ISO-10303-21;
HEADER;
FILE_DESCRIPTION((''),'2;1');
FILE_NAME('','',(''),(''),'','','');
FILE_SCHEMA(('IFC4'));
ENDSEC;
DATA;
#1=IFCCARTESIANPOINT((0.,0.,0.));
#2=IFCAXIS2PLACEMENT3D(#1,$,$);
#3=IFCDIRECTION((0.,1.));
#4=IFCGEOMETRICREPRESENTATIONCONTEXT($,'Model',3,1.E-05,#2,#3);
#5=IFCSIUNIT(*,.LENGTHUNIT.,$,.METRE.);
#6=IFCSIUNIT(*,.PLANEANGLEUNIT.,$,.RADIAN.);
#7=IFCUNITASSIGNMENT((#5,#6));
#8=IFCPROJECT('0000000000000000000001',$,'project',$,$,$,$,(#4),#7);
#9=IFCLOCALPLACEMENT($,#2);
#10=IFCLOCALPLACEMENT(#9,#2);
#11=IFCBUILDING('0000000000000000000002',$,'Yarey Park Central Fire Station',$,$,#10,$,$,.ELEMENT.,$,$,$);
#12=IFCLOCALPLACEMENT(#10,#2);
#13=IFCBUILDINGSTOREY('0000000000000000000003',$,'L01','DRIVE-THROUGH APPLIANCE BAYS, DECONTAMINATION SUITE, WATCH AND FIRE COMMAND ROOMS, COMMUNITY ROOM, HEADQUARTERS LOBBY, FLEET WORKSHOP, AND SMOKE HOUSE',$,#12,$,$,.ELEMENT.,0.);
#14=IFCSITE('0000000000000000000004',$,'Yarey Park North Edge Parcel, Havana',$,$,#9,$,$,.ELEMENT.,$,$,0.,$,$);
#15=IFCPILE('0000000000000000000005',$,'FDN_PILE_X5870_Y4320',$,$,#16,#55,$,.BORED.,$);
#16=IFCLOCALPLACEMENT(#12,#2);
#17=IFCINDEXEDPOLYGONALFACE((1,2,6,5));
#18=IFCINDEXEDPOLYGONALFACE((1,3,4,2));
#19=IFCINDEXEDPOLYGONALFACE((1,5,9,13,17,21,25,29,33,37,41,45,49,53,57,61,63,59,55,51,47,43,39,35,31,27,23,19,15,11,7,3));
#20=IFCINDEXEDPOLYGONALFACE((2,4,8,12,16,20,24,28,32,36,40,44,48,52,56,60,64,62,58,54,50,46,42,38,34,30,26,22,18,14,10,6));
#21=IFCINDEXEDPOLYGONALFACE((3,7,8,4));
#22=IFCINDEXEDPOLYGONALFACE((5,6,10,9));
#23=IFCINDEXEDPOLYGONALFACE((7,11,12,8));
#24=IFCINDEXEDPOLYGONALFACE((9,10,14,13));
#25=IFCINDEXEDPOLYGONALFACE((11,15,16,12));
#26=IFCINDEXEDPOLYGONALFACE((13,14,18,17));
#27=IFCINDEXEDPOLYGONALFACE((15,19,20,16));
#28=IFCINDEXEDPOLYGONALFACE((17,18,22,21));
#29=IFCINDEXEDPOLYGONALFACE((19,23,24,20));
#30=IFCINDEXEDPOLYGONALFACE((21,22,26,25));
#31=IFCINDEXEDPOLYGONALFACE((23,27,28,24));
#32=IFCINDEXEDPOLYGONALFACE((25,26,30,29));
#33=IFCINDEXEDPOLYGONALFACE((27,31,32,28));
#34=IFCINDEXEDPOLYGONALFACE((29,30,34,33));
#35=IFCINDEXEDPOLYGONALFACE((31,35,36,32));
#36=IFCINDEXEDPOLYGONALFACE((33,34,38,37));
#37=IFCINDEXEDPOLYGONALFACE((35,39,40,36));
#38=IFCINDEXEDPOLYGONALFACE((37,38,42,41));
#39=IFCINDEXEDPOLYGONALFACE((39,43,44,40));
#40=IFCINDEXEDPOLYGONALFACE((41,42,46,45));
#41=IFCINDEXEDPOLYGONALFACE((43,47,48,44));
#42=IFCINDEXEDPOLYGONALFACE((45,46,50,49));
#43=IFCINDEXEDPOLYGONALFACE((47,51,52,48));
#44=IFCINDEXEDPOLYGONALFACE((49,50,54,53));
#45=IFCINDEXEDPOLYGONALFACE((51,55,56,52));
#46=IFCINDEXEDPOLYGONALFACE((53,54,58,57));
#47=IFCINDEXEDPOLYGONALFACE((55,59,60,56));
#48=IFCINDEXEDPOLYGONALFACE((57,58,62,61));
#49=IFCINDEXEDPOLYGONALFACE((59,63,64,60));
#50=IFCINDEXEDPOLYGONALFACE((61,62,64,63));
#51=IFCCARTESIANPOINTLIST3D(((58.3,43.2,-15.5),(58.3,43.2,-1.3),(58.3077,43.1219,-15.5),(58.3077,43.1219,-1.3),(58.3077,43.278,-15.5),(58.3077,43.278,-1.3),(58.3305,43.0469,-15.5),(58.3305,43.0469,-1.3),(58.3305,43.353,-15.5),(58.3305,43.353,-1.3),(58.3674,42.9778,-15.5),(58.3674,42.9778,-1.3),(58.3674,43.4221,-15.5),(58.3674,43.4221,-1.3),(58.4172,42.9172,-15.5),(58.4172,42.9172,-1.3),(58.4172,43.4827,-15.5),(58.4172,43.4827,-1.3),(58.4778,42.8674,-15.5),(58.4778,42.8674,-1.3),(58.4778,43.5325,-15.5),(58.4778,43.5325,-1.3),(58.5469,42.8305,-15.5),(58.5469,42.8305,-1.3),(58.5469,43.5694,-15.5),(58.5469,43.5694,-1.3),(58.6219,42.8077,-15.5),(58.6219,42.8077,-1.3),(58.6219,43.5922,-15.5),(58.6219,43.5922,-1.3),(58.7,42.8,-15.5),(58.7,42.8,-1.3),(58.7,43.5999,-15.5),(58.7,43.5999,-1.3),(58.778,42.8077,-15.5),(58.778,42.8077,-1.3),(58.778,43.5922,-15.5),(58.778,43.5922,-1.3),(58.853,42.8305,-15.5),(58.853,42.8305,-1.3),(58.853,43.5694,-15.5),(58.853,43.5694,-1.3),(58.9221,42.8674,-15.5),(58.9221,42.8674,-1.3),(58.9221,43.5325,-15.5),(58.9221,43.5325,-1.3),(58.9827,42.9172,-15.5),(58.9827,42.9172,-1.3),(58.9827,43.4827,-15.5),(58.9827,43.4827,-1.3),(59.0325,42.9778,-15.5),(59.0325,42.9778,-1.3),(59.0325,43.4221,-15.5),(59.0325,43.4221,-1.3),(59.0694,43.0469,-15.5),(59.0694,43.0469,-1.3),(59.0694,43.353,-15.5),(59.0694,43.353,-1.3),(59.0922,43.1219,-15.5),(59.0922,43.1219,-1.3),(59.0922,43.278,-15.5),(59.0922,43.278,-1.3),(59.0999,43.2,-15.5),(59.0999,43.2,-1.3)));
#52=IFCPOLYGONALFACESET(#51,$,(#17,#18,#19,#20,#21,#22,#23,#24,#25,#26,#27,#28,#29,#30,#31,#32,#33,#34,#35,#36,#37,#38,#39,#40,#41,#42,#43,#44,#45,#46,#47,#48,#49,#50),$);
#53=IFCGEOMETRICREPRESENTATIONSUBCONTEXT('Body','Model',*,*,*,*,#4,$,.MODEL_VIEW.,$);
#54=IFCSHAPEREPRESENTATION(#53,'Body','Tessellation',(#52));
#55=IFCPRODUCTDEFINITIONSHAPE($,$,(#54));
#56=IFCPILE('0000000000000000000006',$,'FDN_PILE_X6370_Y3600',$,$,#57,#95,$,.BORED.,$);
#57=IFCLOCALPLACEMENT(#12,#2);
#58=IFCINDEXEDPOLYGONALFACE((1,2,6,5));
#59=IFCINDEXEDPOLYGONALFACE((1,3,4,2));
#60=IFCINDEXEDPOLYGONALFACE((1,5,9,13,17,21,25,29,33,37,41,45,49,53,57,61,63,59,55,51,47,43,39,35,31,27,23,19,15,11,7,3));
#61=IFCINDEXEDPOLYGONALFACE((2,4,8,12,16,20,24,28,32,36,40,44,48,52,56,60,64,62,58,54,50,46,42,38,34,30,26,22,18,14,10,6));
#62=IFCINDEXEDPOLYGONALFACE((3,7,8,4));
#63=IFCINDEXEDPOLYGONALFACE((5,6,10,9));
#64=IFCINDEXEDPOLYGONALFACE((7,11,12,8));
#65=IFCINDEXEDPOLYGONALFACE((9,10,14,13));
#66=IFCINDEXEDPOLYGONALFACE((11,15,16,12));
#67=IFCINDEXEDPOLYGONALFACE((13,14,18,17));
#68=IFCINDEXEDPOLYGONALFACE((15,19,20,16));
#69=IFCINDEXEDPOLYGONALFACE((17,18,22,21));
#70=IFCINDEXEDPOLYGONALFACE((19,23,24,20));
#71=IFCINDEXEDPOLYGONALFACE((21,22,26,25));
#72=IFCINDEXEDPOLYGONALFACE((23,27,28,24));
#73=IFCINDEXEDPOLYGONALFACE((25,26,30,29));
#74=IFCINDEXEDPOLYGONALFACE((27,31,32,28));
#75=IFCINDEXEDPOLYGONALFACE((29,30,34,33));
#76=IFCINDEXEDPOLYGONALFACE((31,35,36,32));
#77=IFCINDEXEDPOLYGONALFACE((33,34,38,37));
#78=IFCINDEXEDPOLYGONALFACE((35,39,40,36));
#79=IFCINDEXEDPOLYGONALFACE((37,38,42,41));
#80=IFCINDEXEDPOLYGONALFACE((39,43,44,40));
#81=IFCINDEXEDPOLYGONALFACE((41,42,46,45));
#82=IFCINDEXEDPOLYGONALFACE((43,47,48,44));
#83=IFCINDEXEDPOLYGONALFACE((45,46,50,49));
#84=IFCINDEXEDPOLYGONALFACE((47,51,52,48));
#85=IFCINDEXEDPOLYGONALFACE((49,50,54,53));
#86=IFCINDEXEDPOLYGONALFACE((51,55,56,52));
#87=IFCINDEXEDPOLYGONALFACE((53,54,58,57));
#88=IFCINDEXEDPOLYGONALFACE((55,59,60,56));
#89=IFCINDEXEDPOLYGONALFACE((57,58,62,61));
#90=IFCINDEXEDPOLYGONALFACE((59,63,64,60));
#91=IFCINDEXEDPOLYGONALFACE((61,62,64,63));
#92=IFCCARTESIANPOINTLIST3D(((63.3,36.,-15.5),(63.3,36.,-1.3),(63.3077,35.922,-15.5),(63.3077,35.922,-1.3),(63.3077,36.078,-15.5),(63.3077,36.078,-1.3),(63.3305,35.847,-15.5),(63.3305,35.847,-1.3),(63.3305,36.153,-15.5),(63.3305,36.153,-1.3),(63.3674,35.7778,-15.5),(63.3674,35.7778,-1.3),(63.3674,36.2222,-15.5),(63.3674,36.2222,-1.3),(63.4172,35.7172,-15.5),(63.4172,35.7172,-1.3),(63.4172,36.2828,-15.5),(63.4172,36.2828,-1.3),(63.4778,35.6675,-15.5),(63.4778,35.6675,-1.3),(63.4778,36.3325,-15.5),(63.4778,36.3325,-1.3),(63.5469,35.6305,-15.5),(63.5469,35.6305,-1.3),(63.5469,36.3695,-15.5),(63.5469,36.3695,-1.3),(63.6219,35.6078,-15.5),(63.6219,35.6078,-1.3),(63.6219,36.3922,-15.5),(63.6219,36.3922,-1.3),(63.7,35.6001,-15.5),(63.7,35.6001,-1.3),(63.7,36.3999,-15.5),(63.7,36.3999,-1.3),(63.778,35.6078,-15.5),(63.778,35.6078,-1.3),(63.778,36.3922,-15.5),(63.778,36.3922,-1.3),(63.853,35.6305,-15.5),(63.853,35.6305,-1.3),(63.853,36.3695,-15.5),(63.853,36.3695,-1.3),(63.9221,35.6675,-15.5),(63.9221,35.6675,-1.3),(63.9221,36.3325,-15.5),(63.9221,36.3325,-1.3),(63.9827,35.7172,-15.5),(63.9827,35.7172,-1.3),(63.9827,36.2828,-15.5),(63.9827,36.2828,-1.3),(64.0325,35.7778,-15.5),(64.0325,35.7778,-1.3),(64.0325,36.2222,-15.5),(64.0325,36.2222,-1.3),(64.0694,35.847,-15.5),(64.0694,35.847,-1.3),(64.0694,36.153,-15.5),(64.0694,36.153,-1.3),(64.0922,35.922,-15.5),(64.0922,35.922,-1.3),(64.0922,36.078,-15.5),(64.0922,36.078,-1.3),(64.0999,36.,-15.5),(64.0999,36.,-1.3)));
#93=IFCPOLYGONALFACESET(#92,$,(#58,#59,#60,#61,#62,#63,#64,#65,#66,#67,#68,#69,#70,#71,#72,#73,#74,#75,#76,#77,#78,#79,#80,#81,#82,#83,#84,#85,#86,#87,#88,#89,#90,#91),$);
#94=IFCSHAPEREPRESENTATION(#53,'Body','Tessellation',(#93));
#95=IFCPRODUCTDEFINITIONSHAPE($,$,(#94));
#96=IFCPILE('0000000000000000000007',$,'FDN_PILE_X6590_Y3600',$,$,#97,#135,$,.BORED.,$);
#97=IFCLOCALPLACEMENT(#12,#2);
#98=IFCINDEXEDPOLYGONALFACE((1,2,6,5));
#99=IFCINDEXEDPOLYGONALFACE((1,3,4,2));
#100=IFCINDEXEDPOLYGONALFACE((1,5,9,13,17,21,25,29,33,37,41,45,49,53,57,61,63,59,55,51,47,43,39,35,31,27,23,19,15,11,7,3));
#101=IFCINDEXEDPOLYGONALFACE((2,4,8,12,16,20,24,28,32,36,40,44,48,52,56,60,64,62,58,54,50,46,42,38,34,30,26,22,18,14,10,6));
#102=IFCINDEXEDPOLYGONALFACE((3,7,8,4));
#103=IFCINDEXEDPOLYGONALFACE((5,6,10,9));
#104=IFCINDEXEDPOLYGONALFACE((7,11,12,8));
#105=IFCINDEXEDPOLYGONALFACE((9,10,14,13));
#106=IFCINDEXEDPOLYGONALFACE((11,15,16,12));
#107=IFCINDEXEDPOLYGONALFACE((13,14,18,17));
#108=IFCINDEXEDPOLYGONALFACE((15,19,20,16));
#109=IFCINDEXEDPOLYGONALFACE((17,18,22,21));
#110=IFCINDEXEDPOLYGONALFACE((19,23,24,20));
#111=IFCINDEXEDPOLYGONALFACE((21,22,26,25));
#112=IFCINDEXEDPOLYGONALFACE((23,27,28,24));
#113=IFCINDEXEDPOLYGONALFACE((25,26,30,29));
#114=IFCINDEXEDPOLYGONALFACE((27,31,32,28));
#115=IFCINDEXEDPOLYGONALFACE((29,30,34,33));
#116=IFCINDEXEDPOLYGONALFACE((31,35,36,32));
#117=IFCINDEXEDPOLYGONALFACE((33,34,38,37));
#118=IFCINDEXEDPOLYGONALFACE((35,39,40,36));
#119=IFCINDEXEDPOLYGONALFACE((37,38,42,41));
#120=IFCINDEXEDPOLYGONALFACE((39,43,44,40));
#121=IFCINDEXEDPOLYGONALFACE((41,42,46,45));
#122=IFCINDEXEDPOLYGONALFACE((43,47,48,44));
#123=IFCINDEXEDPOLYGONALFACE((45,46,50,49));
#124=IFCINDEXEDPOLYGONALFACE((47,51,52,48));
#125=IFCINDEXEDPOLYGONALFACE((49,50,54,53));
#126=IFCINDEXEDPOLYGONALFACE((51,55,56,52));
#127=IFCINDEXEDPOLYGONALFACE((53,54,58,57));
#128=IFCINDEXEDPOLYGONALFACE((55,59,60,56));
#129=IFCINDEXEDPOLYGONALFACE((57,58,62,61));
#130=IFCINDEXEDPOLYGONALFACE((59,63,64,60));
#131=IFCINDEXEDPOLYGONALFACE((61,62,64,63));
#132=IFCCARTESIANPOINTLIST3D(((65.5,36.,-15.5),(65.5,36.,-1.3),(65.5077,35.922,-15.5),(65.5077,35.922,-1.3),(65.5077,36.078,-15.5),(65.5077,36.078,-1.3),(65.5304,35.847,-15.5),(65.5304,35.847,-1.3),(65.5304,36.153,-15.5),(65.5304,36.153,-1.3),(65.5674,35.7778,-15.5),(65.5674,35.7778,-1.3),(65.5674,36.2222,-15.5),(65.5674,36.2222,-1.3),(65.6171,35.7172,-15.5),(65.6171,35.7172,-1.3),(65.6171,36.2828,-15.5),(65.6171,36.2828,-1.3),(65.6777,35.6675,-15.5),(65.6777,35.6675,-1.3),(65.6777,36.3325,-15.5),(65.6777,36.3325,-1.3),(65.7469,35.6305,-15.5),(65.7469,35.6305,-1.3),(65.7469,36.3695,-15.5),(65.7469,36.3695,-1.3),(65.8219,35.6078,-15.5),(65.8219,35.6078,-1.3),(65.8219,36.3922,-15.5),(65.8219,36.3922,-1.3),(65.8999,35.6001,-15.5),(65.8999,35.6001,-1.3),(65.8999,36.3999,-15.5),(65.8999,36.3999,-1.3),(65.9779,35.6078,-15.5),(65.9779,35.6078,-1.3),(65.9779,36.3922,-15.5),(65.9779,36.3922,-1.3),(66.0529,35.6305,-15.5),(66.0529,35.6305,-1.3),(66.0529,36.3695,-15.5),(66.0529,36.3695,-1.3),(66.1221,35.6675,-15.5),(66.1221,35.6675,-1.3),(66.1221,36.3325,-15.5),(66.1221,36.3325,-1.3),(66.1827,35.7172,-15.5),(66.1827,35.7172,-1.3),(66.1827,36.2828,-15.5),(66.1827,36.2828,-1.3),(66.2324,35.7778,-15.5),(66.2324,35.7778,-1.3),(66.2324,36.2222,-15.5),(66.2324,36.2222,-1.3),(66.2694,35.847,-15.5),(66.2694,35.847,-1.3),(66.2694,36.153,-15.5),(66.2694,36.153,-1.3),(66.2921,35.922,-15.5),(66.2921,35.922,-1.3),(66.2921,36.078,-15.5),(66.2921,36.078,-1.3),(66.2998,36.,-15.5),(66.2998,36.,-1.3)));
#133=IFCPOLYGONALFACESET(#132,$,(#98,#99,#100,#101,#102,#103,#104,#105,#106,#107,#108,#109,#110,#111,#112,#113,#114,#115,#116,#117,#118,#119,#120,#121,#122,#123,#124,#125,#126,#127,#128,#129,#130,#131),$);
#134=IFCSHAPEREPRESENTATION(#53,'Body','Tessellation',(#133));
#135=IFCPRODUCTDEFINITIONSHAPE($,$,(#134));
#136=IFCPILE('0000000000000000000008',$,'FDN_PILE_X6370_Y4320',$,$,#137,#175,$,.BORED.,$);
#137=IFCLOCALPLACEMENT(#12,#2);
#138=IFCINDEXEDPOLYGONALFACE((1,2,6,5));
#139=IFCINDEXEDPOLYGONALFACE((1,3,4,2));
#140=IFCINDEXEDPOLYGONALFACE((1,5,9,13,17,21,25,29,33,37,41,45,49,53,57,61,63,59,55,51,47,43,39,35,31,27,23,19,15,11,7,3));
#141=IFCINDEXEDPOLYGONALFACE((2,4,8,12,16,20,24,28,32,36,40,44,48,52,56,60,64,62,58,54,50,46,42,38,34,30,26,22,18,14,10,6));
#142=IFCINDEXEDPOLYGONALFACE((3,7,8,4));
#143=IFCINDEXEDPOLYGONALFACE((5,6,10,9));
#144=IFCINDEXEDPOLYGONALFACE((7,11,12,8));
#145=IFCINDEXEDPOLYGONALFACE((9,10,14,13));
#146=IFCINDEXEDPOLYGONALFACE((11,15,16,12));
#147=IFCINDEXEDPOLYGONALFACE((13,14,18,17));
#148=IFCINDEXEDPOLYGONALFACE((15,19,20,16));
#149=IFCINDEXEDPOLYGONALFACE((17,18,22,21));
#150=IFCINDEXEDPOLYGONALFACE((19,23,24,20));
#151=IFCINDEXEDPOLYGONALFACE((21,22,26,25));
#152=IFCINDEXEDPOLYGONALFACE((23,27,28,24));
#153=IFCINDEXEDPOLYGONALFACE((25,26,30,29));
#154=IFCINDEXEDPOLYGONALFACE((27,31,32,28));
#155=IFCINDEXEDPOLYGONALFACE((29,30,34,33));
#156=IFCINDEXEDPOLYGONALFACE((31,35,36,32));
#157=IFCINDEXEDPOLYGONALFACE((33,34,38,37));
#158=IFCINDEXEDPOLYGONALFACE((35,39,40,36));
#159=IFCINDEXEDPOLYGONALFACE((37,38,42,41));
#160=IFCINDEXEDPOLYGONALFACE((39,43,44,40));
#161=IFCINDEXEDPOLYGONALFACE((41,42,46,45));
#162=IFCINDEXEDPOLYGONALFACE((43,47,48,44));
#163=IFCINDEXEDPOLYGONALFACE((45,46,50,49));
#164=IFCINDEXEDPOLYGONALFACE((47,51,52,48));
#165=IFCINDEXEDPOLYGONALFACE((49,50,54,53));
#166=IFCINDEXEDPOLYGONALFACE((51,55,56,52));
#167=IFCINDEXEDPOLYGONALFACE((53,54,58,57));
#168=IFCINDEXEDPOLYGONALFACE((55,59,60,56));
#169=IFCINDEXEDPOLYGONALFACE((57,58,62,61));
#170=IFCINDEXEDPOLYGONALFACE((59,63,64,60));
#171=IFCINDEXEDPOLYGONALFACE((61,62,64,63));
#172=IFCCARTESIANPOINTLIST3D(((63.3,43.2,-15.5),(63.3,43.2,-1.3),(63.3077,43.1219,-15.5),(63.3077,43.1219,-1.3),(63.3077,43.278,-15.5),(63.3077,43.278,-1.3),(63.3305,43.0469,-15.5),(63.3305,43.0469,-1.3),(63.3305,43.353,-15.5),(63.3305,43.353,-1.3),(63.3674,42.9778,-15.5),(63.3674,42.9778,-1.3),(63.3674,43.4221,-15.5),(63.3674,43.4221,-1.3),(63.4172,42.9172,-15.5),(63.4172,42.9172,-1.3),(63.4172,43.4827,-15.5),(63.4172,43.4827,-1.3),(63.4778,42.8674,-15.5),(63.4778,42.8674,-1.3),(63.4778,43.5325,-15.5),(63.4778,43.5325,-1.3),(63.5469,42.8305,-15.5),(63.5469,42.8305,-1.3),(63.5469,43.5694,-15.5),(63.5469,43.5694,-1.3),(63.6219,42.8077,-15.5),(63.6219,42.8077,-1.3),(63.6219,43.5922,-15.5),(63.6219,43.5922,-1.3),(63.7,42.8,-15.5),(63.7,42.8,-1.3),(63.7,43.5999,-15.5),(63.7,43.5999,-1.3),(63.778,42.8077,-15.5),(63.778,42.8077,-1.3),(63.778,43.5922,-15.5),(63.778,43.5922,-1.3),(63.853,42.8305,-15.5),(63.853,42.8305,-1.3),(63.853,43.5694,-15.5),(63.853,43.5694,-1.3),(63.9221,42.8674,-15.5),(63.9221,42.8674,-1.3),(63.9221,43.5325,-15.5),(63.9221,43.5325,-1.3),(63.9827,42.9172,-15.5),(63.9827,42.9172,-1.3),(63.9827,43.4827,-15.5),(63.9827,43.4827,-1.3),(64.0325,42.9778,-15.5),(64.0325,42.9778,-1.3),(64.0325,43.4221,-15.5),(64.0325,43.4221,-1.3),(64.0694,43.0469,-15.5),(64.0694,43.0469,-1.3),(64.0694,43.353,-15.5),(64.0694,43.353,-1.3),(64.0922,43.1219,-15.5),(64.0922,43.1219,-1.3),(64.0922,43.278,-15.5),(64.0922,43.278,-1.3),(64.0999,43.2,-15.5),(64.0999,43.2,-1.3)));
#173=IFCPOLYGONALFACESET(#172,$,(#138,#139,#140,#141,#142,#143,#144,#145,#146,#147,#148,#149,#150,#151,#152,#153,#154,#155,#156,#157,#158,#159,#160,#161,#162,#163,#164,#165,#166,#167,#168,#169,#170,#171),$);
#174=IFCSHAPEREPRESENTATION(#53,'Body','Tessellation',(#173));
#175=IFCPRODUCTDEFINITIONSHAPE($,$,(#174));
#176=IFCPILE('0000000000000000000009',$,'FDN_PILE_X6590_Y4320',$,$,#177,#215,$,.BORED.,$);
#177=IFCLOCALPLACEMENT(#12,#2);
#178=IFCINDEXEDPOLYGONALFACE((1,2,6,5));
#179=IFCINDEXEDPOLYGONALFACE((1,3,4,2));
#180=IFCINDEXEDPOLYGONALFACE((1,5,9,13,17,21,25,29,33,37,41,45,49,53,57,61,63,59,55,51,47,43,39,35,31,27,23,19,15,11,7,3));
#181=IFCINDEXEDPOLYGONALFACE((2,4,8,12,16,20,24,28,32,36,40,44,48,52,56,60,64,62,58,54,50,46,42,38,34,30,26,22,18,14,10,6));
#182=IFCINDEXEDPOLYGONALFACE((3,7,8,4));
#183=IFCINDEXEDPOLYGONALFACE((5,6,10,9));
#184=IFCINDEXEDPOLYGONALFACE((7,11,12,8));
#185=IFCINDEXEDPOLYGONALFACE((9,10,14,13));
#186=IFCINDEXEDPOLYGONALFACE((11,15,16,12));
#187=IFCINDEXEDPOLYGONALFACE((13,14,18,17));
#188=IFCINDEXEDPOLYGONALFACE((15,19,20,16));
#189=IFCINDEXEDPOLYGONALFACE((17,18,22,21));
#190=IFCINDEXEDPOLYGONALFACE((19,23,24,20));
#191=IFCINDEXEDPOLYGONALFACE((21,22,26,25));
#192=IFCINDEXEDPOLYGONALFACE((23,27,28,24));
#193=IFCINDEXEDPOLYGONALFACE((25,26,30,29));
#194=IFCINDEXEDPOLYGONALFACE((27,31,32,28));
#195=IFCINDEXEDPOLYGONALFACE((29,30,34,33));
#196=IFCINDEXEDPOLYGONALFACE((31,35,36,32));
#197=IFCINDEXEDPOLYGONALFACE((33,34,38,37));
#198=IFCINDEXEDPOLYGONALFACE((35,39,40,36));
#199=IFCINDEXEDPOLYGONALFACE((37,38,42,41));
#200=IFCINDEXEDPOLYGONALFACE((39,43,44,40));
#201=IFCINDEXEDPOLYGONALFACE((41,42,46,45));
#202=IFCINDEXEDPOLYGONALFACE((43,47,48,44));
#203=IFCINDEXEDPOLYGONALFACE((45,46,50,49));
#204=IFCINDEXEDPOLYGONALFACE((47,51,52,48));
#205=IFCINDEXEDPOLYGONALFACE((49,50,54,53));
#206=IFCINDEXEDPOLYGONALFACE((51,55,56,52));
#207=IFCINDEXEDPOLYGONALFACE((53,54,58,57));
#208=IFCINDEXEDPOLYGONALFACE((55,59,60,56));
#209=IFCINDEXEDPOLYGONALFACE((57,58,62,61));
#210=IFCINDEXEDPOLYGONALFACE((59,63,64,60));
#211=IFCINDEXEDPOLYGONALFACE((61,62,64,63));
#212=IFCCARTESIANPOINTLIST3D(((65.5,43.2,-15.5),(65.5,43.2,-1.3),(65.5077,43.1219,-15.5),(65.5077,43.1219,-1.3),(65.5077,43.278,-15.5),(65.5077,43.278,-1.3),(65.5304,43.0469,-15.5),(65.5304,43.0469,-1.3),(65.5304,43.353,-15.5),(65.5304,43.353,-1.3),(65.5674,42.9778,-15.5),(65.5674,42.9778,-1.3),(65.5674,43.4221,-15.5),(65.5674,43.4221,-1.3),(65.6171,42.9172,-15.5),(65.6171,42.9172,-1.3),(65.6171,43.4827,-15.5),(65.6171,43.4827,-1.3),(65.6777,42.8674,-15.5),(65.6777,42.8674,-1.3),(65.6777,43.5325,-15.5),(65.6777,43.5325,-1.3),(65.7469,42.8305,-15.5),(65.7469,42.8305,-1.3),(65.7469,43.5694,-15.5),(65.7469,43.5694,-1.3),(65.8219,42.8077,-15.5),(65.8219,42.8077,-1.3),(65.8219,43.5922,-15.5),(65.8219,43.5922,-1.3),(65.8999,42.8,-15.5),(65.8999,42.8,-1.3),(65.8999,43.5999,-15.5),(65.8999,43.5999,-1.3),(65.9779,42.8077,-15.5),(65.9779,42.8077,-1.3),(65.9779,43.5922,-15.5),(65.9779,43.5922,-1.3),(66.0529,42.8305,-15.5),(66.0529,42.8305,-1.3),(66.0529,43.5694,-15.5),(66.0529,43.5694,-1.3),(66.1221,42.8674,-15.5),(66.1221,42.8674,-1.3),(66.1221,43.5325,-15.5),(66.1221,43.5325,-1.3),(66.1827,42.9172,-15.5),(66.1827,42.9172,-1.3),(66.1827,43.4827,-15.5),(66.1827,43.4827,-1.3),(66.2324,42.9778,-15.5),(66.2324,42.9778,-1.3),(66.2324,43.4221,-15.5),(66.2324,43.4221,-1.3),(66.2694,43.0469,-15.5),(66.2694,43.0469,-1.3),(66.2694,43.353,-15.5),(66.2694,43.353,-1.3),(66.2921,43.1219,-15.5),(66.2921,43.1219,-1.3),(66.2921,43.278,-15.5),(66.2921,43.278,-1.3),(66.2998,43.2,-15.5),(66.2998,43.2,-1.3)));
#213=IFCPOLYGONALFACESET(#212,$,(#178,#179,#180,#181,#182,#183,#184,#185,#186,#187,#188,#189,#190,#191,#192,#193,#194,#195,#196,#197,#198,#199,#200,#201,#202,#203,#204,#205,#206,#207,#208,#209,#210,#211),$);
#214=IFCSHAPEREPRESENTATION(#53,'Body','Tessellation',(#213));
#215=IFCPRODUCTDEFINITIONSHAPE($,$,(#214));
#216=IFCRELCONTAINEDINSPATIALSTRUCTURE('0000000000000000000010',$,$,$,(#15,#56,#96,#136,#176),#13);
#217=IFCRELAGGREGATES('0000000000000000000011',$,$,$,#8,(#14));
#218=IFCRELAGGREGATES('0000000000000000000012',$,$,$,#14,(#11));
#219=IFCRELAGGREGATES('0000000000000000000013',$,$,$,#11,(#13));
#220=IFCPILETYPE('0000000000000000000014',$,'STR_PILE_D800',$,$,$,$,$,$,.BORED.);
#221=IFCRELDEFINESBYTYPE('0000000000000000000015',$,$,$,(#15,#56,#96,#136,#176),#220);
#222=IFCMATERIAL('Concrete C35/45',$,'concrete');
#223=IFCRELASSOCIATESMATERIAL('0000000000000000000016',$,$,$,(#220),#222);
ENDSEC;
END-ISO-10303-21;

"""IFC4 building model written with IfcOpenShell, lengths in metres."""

from ifc_helpers import new_model, si_unit, direction, frame, origin, origin_2d, place, context, subcontext, project, spatial, circle, extrude, material, material_profile, profile_set, type_object, element, save


model = new_model("IFC4")

# Units and contexts
model_context = context("Model", 3, precision=1e-05, world=origin(), true_north=direction((0.0, 1.0)))
body_context = subcontext(model_context, "Body", "Model", "MODEL_VIEW")
ifc_project = project(units=[si_unit("LENGTHUNIT", "METRE"), si_unit("PLANEANGLEUNIT", "RADIAN")], contexts=[model_context])

# Site, building, storey
site_placement = place(None, origin())
site = spatial("IfcSite", under=ifc_project, at=site_placement, Name="Yarey Park North Edge Parcel, Havana", CompositionType="ELEMENT", RefElevation=0.0)
building_placement = place(site_placement, origin())
building = spatial("IfcBuilding", under=site, at=building_placement, Name="Yarey Park Central Fire Station", CompositionType="ELEMENT")
storey_placement = place(building_placement, origin())
storey = spatial("IfcBuildingStorey", under=building, at=storey_placement, Name="L01", Description="DRIVE-THROUGH APPLIANCE BAYS, DECONTAMINATION SUITE, WATCH AND FIRE COMMAND ROOMS, COMMUNITY ROOM, HEADQUARTERS LOBBY, FLEET WORKSHOP, AND SMOKE HOUSE", CompositionType="ELEMENT", Elevation=0.0)

# Shared definitions
ifc_material_1 = material(Name="Concrete C35/45", Category="concrete")

# Piles
ifc_material_profile_1 = material_profile(ifc_material_1, circle(Radius=0.3999, at=origin_2d()), Name="BORED PILE D800")
ifc_profile_set_1 = profile_set([ifc_material_profile_1], Name="Concrete C35/45")
pile_type = type_object("IfcPileType", Name="STR_PILE_D800", PredefinedType="BORED", material=ifc_profile_set_1)
for number, where, z_axis, x_axis, name in (
    (1, (58.7, 43.2, -1.3), (0.0, 0.0, -1.0), (1.0, 0.0, 0.0), "FDN_PILE_X5870_Y4320"),
    (2, (63.7, 36.0, -1.3), (0.0, 0.0, -1.0), (1.0, 0.0, 0.0), "FDN_PILE_X6370_Y3600"),
    (3, (65.8999, 36.0, -1.3), (0.0, 0.0, -1.0), (1.0, 0.0, 0.0), "FDN_PILE_X6590_Y3600"),
    (4, (63.7, 43.2, -1.3), (0.0, 0.0, -1.0), (1.0, 0.0, 0.0), "FDN_PILE_X6370_Y4320"),
    (5, (65.8999, 43.2, -1.3), (0.0, 0.0, -1.0), (1.0, 0.0, 0.0), "FDN_PILE_X6590_Y4320"),
):
    element("IfcPile", number, at=place(storey_placement, frame(where, z_axis=z_axis, x_axis=x_axis)), inside=storey, type_object=pile_type, Name=name, PredefinedType="BORED", context=body_context, shape_type="SweptSolid", body=[
        extrude(circle(Radius=0.3999, at=origin_2d()), origin(), (0.0, 0.0, 1.0), 14.2),
    ])

save(model, "model.ifc")
